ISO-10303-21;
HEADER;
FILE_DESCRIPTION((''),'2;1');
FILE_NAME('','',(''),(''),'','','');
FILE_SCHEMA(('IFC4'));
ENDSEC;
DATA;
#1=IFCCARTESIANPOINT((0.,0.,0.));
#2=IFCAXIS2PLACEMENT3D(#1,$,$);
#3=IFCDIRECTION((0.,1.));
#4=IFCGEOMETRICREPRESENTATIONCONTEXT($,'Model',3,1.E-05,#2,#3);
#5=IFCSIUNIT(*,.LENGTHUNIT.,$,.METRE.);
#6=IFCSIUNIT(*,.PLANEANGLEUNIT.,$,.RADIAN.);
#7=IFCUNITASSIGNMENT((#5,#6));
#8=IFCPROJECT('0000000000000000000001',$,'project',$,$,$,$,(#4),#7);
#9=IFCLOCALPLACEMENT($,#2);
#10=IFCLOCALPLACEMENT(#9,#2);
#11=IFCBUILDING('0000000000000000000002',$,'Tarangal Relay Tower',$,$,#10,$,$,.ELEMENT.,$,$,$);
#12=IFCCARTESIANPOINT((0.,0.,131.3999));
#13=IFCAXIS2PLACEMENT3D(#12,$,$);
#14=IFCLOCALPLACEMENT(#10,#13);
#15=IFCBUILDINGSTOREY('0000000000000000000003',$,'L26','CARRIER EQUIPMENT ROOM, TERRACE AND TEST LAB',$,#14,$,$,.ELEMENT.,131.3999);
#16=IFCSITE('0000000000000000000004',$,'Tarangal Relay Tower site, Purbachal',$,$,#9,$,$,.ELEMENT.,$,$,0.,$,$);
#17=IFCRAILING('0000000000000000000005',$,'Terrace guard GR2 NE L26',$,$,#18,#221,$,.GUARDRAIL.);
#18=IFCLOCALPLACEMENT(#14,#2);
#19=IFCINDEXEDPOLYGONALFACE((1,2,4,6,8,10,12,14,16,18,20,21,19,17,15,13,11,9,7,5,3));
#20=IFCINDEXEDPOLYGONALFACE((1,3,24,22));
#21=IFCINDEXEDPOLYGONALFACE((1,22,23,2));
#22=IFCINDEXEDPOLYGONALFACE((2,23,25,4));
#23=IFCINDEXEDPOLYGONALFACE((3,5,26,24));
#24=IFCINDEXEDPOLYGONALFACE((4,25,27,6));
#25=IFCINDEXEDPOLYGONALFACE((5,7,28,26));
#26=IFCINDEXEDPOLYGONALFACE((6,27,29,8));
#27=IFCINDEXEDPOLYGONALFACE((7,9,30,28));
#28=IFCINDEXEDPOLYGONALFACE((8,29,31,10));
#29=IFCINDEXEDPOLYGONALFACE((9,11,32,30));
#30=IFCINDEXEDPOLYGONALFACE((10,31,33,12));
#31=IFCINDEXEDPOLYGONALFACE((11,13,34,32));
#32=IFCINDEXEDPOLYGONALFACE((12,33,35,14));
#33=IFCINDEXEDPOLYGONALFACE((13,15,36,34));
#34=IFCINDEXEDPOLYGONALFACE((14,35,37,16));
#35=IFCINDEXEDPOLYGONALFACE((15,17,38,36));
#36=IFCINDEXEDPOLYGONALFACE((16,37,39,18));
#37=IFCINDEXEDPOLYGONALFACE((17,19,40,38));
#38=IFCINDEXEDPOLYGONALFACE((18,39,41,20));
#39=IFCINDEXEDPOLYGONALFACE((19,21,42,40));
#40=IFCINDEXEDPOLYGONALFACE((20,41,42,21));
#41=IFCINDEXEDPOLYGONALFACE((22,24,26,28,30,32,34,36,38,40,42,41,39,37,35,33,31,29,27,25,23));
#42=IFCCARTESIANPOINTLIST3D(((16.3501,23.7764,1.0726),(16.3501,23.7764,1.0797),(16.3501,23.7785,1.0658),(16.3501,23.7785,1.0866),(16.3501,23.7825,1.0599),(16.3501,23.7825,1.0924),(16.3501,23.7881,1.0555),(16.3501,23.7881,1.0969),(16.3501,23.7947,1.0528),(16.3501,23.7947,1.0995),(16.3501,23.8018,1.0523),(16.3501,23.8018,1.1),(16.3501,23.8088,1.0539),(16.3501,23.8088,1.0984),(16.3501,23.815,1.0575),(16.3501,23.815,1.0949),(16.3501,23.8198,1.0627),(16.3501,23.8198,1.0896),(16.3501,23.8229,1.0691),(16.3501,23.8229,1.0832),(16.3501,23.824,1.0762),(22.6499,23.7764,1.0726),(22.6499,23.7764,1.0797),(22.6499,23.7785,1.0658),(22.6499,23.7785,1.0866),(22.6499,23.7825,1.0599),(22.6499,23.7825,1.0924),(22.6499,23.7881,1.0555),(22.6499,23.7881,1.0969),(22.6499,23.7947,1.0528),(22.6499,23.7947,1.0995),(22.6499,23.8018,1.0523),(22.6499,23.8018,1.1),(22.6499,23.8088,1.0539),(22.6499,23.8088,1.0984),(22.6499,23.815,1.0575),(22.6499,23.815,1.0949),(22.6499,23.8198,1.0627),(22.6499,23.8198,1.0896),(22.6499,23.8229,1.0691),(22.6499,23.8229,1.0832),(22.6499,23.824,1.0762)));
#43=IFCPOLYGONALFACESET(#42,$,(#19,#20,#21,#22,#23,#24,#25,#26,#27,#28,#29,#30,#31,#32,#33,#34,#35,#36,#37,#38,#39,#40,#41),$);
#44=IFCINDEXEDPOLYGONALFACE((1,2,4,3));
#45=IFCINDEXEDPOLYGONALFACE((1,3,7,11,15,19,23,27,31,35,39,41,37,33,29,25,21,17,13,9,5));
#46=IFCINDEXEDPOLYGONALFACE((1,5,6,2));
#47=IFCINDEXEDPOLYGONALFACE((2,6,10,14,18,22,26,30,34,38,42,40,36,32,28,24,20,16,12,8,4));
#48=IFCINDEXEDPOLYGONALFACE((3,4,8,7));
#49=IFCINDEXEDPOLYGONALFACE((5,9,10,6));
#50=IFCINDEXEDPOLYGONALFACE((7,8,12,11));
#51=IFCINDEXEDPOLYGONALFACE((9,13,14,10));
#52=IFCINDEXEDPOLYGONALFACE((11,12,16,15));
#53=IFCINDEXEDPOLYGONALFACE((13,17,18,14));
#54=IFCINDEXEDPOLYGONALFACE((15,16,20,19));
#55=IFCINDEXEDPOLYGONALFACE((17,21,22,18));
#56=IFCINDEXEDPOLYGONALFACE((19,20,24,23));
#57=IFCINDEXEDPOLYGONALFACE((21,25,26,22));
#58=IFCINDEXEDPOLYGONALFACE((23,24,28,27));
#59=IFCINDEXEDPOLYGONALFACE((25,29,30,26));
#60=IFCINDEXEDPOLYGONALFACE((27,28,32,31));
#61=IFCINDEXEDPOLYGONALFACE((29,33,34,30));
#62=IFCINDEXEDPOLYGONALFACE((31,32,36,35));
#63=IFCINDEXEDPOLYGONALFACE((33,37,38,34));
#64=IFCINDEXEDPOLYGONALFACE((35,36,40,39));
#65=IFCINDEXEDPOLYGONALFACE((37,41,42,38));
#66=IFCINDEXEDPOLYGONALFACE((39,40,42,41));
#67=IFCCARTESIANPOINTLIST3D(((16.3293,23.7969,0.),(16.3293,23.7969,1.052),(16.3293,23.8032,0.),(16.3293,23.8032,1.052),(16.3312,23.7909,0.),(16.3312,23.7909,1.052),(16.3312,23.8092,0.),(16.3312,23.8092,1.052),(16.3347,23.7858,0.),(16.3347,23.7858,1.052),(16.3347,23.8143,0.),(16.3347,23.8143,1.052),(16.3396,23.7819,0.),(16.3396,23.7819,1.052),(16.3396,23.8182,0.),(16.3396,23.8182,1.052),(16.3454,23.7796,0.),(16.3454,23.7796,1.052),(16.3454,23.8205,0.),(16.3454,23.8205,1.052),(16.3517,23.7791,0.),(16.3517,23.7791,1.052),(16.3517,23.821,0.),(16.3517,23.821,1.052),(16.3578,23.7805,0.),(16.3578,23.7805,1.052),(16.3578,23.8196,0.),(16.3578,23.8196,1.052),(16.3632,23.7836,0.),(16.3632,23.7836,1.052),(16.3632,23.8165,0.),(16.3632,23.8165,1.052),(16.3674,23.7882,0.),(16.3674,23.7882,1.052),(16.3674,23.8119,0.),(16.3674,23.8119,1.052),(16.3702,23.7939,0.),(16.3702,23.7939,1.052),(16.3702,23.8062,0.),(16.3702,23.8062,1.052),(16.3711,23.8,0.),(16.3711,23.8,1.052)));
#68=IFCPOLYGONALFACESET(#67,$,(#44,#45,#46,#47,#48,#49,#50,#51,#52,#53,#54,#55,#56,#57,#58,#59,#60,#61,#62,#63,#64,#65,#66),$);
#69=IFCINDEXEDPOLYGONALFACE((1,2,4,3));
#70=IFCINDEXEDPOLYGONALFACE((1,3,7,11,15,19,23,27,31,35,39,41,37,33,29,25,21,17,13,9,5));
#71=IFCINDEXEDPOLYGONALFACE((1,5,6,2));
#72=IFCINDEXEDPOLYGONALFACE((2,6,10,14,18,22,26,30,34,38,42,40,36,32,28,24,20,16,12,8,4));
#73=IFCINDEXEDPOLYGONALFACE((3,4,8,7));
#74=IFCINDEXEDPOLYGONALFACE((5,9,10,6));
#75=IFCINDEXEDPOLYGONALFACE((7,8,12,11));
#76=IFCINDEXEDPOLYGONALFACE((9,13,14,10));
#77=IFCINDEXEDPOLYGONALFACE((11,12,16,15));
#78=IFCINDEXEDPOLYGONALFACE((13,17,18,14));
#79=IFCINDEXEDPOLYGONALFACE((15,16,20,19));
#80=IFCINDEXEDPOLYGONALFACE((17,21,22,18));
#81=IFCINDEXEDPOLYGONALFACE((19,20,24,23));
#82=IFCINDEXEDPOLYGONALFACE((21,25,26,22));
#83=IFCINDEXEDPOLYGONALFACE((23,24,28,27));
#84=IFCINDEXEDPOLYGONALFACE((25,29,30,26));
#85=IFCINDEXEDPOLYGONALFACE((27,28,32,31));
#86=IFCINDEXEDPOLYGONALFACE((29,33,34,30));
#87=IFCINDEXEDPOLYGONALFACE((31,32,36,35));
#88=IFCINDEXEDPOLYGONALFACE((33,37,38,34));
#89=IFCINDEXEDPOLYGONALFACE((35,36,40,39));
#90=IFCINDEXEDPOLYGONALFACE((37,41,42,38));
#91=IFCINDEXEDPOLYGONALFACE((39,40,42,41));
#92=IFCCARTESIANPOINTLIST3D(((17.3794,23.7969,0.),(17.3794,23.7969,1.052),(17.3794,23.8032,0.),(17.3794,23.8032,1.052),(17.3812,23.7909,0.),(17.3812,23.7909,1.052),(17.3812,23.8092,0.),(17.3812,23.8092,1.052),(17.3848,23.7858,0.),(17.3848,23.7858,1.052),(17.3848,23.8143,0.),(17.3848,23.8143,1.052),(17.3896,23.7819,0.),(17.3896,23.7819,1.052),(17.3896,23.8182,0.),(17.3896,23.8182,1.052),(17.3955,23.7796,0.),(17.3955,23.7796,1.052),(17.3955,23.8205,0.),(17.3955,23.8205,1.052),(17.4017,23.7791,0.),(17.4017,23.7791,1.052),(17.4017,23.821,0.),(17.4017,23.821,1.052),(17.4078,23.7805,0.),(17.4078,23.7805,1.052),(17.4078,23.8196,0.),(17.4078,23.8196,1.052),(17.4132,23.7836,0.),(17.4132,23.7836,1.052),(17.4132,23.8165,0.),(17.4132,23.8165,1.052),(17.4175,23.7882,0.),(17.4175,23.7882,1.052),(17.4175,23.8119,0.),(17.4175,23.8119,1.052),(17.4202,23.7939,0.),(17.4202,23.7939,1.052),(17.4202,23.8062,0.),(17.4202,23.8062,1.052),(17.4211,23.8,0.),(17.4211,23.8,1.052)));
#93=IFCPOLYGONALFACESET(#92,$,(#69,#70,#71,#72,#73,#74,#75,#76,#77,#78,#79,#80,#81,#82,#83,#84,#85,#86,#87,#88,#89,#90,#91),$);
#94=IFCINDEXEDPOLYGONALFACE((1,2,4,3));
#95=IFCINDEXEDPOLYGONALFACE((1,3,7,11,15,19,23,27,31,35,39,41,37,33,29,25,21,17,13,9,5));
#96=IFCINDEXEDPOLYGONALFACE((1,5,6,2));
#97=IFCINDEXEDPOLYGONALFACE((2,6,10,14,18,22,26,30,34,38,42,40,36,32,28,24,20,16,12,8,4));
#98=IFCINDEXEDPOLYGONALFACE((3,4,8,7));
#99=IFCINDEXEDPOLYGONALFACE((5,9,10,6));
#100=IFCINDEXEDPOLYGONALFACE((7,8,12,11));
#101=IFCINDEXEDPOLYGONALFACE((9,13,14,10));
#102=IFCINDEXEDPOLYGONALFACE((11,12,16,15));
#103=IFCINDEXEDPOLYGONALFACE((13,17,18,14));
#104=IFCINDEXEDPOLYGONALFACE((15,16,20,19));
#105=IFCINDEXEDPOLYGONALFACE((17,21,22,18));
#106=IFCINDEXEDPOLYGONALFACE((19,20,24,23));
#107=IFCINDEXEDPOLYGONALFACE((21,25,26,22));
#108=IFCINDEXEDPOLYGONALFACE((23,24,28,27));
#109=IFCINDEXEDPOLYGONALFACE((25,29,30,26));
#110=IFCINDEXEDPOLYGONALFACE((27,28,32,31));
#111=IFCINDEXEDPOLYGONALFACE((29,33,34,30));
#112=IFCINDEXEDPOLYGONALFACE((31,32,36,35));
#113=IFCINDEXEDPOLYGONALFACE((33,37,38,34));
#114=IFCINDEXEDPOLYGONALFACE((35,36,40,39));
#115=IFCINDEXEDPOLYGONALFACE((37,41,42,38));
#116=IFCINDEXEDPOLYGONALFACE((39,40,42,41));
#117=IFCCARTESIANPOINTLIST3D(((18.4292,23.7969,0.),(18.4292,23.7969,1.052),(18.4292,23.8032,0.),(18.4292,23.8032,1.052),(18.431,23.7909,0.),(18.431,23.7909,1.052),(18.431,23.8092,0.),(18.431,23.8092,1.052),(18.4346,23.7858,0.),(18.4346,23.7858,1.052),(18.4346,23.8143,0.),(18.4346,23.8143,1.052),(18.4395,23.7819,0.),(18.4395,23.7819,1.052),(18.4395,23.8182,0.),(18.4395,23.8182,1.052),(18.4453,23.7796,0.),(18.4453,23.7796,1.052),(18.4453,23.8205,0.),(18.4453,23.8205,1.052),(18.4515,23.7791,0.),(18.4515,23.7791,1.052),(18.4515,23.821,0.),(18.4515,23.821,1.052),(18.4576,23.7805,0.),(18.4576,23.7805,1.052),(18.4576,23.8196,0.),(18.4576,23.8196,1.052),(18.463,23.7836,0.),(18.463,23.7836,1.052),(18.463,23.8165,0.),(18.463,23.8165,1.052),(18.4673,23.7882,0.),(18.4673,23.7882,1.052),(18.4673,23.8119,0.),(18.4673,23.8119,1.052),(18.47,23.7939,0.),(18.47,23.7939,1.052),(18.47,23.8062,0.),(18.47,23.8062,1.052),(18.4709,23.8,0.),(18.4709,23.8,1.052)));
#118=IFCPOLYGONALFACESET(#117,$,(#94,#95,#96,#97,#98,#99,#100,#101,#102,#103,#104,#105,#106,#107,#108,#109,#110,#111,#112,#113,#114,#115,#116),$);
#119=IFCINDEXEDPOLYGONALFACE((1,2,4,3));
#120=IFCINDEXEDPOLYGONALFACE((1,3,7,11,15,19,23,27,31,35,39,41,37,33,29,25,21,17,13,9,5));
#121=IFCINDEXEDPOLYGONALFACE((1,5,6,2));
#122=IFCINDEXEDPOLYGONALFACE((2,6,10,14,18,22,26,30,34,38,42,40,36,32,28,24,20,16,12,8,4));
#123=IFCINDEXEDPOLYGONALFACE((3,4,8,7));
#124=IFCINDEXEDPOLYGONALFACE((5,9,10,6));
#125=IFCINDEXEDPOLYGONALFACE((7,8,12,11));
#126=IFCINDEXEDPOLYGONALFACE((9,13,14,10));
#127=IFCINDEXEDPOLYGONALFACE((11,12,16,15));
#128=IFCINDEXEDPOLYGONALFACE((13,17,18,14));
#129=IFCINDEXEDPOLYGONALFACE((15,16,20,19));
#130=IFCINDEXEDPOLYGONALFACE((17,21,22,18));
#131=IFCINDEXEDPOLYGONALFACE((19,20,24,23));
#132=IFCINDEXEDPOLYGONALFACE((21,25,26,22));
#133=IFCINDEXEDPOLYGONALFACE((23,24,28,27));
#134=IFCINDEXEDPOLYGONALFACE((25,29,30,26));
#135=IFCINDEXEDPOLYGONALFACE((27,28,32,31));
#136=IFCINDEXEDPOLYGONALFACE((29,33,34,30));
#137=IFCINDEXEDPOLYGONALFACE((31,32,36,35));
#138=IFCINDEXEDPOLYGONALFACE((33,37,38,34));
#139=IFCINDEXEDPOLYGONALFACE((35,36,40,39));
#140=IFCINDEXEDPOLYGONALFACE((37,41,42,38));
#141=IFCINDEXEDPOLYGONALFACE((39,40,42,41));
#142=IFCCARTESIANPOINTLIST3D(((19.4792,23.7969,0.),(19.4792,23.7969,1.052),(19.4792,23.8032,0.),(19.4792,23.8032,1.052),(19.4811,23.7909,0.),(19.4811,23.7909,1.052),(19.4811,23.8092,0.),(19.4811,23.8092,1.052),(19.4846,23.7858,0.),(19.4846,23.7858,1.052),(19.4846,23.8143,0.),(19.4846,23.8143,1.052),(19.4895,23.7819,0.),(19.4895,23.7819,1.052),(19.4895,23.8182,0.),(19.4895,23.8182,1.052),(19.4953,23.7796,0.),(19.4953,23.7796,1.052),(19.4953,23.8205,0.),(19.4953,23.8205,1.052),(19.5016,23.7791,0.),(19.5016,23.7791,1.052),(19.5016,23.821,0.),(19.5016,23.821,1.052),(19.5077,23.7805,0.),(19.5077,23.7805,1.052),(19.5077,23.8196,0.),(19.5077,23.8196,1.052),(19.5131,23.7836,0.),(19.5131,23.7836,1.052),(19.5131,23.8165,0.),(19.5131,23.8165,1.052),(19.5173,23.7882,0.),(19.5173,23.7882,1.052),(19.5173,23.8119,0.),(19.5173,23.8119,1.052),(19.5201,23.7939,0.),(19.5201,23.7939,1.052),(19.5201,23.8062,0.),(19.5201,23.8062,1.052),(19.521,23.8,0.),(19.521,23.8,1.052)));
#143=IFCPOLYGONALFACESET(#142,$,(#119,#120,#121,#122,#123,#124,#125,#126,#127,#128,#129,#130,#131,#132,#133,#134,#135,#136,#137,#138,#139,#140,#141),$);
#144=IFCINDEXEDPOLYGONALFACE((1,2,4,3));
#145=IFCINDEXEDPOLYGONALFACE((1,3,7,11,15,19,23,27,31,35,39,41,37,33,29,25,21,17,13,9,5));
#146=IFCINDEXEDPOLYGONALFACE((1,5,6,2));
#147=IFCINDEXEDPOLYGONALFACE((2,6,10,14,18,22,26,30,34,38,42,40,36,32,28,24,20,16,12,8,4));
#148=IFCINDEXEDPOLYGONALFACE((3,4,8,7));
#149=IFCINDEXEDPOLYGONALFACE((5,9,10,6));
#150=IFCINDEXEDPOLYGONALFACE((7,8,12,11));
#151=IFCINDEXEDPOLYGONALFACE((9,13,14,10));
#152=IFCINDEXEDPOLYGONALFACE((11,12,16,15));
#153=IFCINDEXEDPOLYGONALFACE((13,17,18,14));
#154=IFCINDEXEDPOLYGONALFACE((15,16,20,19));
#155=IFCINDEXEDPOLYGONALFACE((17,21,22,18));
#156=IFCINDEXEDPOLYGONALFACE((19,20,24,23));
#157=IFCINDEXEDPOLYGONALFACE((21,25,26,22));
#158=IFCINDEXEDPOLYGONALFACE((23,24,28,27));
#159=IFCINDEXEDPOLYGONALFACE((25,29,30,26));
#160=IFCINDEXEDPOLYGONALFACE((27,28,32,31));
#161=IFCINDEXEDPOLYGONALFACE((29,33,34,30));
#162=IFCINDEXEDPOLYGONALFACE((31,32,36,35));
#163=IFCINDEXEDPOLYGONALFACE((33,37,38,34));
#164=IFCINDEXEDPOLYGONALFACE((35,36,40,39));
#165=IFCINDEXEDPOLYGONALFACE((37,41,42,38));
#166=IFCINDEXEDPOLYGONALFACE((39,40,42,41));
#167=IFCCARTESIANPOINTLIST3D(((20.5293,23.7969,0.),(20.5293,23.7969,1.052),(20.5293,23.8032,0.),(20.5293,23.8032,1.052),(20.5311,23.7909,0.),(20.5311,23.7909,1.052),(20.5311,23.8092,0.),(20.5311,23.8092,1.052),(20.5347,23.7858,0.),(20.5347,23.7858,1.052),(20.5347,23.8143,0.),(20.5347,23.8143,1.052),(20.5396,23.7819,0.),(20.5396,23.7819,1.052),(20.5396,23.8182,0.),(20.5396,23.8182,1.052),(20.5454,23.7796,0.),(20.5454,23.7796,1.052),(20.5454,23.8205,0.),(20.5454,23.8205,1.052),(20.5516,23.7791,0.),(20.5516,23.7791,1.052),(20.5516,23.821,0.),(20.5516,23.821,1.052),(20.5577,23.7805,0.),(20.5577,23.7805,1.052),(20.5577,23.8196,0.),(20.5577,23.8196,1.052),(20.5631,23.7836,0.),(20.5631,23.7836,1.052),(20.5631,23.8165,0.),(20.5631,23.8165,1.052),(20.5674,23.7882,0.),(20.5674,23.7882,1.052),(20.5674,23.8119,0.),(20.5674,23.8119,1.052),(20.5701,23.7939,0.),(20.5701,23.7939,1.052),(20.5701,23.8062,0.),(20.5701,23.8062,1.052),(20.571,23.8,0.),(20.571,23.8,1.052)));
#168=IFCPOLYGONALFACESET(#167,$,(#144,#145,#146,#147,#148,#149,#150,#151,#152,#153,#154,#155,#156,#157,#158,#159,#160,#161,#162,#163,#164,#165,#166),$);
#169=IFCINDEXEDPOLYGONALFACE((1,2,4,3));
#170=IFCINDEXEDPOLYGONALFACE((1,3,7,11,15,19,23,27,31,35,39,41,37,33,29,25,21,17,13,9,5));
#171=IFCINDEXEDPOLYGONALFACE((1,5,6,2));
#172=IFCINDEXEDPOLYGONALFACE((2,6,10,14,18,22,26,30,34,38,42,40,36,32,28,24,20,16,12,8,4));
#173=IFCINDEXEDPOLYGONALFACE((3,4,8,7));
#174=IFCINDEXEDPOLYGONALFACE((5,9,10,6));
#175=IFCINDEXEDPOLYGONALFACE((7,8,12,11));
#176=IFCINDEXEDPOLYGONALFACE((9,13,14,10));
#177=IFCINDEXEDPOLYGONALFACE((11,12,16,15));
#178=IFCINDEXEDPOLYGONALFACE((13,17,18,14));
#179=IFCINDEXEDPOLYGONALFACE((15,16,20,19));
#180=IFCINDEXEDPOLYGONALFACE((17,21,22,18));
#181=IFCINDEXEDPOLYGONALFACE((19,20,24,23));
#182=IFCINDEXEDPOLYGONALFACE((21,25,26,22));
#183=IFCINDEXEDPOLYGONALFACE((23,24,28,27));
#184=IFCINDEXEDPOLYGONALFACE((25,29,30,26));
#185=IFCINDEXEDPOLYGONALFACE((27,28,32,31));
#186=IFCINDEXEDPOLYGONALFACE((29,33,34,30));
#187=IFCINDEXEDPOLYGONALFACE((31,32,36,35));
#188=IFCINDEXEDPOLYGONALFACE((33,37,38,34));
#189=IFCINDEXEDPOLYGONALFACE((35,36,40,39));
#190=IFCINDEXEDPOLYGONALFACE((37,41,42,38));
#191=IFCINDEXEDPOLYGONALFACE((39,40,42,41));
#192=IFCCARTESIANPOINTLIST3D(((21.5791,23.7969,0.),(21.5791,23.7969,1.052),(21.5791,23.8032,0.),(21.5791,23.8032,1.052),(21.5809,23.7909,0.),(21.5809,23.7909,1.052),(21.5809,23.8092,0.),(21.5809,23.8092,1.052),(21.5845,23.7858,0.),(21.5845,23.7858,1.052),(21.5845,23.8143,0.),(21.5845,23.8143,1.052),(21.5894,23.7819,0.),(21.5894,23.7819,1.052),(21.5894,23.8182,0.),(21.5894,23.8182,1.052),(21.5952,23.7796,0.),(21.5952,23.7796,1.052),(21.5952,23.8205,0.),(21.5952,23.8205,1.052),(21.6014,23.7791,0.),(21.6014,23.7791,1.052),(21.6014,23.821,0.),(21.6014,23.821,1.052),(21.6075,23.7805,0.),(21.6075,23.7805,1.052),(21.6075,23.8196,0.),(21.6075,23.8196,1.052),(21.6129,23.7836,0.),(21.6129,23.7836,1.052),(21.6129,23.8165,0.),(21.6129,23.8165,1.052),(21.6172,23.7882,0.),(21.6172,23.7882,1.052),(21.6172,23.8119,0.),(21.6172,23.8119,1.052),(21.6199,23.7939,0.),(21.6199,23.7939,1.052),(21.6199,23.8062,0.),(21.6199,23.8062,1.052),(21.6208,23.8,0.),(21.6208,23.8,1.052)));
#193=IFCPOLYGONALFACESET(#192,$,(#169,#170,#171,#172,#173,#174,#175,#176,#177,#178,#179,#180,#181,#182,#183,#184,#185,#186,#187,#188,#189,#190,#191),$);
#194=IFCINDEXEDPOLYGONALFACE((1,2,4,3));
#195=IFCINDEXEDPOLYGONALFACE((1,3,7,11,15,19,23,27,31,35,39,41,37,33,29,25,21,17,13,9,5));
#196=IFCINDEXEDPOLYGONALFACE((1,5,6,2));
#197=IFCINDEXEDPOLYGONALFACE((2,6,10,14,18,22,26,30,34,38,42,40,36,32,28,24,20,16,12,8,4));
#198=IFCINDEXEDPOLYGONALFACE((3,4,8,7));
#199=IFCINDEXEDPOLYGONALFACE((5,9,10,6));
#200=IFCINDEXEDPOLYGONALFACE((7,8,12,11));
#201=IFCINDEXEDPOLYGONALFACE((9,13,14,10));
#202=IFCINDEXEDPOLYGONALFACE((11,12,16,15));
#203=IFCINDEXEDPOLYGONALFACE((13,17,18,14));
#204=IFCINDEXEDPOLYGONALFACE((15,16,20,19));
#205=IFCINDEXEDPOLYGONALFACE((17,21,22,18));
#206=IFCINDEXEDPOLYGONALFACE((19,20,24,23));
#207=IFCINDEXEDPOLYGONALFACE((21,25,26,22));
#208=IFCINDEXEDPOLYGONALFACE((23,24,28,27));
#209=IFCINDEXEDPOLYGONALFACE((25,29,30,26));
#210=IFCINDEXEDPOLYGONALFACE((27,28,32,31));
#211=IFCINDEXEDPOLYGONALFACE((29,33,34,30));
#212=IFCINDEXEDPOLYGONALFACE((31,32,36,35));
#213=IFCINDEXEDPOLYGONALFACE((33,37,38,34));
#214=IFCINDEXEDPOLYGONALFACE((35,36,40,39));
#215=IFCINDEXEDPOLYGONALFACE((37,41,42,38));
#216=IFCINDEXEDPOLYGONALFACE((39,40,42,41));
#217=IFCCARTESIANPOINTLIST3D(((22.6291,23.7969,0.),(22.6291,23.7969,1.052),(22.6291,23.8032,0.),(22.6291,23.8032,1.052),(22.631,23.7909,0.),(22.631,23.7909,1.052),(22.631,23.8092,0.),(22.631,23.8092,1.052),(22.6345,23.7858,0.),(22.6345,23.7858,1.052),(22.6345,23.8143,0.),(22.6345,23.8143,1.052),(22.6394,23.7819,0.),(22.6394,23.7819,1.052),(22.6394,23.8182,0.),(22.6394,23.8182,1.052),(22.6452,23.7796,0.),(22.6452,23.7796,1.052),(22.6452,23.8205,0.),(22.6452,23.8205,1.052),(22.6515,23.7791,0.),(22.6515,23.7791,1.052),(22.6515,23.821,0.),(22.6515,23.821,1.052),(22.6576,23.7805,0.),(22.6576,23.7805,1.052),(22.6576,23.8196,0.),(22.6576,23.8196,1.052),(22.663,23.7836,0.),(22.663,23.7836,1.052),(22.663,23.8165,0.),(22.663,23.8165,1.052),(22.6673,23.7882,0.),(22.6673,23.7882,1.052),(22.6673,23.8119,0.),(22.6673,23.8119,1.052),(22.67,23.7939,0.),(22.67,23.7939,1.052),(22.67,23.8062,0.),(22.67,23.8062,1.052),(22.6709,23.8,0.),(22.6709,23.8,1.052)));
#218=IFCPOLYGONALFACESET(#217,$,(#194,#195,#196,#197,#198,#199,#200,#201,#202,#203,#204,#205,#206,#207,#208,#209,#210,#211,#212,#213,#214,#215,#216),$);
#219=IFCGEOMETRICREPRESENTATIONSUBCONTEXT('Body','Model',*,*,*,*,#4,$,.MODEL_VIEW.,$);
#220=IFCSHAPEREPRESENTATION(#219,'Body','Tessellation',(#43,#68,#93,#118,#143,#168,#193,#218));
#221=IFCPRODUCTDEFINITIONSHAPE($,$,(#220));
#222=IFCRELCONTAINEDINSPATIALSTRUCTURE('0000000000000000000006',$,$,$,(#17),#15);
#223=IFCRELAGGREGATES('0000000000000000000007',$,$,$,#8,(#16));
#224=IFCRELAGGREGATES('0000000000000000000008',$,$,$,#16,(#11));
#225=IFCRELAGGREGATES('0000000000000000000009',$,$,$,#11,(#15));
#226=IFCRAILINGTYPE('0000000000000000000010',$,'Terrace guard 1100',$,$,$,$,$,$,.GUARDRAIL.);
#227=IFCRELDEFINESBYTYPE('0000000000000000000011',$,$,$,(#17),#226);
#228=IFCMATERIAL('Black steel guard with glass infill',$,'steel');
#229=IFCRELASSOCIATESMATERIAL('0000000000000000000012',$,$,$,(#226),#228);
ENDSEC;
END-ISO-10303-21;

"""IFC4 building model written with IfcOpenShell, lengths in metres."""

from ifc_helpers import new_model, si_unit, direction, frame, origin, origin_2d, place, context, subcontext, project, spatial, circle, extrude, material, type_object, element, save


model = new_model("IFC4")

# Units and contexts
model_context = context("Model", 3, precision=1e-05, world=origin(), true_north=direction((0.0, 1.0)))
body_context = subcontext(model_context, "Body", "Model", "MODEL_VIEW")
ifc_project = project(units=[si_unit("LENGTHUNIT", "METRE"), si_unit("PLANEANGLEUNIT", "RADIAN")], contexts=[model_context])

# Site, building, storey
site_placement = place(None, origin())
site = spatial("IfcSite", under=ifc_project, at=site_placement, Name="Tarangal Relay Tower site, Purbachal", CompositionType="ELEMENT", RefElevation=0.0)
building_placement = place(site_placement, origin())
building = spatial("IfcBuilding", under=site, at=building_placement, Name="Tarangal Relay Tower", CompositionType="ELEMENT")
storey_placement = place(building_placement, frame((0.0, 0.0, 131.3999)))
storey = spatial("IfcBuildingStorey", under=building, at=storey_placement, Name="L26", Description="CARRIER EQUIPMENT ROOM, TERRACE AND TEST LAB", CompositionType="ELEMENT", Elevation=131.3999)

# Railing
ifc_material_1 = material(Name="Black steel guard with glass infill", Category="steel")
railing_type = type_object("IfcRailingType", Name="Terrace guard 1100", PredefinedType="GUARDRAIL", material=ifc_material_1)
railing_1_placement = place(storey_placement, frame((16.3501, 23.8, 0.0)))
element("IfcRailing", 1, at=railing_1_placement, inside=storey, type_object=railing_type, Name="Terrace guard GR2 NE L26", PredefinedType="GUARDRAIL", context=body_context, shape_type="SweptSolid", body=[
    extrude(circle(Radius=0.0239, at=origin_2d()), frame((0.0, 0.0, 1.0762), z_axis=(1.0, 0.0, 0.0), x_axis=(0.0, 1.0, 0.0)), (0.0, 0.0, 1.0), 6.2998),
    extrude(circle(Radius=0.021, at=origin_2d()), origin(), (0.0, 0.0, 1.0), 1.052),
    extrude(circle(Radius=0.021, at=origin_2d()), frame((1.05, 0.0, 0.0)), (0.0, 0.0, 1.0), 1.052),
    extrude(circle(Radius=0.021, at=origin_2d()), frame((2.0999, 0.0, 0.0)), (0.0, 0.0, 1.0), 1.052),
    extrude(circle(Radius=0.021, at=origin_2d()), frame((3.1499, 0.0, 0.0)), (0.0, 0.0, 1.0), 1.052),
    extrude(circle(Radius=0.021, at=origin_2d()), frame((4.2, 0.0, 0.0)), (0.0, 0.0, 1.0), 1.052),
    extrude(circle(Radius=0.021, at=origin_2d()), frame((5.2498, 0.0, 0.0)), (0.0, 0.0, 1.0), 1.052),
    extrude(circle(Radius=0.021, at=origin_2d()), frame((6.2998, 0.0, 0.0)), (0.0, 0.0, 1.0), 1.052),
])

save(model, "model.ifc")
